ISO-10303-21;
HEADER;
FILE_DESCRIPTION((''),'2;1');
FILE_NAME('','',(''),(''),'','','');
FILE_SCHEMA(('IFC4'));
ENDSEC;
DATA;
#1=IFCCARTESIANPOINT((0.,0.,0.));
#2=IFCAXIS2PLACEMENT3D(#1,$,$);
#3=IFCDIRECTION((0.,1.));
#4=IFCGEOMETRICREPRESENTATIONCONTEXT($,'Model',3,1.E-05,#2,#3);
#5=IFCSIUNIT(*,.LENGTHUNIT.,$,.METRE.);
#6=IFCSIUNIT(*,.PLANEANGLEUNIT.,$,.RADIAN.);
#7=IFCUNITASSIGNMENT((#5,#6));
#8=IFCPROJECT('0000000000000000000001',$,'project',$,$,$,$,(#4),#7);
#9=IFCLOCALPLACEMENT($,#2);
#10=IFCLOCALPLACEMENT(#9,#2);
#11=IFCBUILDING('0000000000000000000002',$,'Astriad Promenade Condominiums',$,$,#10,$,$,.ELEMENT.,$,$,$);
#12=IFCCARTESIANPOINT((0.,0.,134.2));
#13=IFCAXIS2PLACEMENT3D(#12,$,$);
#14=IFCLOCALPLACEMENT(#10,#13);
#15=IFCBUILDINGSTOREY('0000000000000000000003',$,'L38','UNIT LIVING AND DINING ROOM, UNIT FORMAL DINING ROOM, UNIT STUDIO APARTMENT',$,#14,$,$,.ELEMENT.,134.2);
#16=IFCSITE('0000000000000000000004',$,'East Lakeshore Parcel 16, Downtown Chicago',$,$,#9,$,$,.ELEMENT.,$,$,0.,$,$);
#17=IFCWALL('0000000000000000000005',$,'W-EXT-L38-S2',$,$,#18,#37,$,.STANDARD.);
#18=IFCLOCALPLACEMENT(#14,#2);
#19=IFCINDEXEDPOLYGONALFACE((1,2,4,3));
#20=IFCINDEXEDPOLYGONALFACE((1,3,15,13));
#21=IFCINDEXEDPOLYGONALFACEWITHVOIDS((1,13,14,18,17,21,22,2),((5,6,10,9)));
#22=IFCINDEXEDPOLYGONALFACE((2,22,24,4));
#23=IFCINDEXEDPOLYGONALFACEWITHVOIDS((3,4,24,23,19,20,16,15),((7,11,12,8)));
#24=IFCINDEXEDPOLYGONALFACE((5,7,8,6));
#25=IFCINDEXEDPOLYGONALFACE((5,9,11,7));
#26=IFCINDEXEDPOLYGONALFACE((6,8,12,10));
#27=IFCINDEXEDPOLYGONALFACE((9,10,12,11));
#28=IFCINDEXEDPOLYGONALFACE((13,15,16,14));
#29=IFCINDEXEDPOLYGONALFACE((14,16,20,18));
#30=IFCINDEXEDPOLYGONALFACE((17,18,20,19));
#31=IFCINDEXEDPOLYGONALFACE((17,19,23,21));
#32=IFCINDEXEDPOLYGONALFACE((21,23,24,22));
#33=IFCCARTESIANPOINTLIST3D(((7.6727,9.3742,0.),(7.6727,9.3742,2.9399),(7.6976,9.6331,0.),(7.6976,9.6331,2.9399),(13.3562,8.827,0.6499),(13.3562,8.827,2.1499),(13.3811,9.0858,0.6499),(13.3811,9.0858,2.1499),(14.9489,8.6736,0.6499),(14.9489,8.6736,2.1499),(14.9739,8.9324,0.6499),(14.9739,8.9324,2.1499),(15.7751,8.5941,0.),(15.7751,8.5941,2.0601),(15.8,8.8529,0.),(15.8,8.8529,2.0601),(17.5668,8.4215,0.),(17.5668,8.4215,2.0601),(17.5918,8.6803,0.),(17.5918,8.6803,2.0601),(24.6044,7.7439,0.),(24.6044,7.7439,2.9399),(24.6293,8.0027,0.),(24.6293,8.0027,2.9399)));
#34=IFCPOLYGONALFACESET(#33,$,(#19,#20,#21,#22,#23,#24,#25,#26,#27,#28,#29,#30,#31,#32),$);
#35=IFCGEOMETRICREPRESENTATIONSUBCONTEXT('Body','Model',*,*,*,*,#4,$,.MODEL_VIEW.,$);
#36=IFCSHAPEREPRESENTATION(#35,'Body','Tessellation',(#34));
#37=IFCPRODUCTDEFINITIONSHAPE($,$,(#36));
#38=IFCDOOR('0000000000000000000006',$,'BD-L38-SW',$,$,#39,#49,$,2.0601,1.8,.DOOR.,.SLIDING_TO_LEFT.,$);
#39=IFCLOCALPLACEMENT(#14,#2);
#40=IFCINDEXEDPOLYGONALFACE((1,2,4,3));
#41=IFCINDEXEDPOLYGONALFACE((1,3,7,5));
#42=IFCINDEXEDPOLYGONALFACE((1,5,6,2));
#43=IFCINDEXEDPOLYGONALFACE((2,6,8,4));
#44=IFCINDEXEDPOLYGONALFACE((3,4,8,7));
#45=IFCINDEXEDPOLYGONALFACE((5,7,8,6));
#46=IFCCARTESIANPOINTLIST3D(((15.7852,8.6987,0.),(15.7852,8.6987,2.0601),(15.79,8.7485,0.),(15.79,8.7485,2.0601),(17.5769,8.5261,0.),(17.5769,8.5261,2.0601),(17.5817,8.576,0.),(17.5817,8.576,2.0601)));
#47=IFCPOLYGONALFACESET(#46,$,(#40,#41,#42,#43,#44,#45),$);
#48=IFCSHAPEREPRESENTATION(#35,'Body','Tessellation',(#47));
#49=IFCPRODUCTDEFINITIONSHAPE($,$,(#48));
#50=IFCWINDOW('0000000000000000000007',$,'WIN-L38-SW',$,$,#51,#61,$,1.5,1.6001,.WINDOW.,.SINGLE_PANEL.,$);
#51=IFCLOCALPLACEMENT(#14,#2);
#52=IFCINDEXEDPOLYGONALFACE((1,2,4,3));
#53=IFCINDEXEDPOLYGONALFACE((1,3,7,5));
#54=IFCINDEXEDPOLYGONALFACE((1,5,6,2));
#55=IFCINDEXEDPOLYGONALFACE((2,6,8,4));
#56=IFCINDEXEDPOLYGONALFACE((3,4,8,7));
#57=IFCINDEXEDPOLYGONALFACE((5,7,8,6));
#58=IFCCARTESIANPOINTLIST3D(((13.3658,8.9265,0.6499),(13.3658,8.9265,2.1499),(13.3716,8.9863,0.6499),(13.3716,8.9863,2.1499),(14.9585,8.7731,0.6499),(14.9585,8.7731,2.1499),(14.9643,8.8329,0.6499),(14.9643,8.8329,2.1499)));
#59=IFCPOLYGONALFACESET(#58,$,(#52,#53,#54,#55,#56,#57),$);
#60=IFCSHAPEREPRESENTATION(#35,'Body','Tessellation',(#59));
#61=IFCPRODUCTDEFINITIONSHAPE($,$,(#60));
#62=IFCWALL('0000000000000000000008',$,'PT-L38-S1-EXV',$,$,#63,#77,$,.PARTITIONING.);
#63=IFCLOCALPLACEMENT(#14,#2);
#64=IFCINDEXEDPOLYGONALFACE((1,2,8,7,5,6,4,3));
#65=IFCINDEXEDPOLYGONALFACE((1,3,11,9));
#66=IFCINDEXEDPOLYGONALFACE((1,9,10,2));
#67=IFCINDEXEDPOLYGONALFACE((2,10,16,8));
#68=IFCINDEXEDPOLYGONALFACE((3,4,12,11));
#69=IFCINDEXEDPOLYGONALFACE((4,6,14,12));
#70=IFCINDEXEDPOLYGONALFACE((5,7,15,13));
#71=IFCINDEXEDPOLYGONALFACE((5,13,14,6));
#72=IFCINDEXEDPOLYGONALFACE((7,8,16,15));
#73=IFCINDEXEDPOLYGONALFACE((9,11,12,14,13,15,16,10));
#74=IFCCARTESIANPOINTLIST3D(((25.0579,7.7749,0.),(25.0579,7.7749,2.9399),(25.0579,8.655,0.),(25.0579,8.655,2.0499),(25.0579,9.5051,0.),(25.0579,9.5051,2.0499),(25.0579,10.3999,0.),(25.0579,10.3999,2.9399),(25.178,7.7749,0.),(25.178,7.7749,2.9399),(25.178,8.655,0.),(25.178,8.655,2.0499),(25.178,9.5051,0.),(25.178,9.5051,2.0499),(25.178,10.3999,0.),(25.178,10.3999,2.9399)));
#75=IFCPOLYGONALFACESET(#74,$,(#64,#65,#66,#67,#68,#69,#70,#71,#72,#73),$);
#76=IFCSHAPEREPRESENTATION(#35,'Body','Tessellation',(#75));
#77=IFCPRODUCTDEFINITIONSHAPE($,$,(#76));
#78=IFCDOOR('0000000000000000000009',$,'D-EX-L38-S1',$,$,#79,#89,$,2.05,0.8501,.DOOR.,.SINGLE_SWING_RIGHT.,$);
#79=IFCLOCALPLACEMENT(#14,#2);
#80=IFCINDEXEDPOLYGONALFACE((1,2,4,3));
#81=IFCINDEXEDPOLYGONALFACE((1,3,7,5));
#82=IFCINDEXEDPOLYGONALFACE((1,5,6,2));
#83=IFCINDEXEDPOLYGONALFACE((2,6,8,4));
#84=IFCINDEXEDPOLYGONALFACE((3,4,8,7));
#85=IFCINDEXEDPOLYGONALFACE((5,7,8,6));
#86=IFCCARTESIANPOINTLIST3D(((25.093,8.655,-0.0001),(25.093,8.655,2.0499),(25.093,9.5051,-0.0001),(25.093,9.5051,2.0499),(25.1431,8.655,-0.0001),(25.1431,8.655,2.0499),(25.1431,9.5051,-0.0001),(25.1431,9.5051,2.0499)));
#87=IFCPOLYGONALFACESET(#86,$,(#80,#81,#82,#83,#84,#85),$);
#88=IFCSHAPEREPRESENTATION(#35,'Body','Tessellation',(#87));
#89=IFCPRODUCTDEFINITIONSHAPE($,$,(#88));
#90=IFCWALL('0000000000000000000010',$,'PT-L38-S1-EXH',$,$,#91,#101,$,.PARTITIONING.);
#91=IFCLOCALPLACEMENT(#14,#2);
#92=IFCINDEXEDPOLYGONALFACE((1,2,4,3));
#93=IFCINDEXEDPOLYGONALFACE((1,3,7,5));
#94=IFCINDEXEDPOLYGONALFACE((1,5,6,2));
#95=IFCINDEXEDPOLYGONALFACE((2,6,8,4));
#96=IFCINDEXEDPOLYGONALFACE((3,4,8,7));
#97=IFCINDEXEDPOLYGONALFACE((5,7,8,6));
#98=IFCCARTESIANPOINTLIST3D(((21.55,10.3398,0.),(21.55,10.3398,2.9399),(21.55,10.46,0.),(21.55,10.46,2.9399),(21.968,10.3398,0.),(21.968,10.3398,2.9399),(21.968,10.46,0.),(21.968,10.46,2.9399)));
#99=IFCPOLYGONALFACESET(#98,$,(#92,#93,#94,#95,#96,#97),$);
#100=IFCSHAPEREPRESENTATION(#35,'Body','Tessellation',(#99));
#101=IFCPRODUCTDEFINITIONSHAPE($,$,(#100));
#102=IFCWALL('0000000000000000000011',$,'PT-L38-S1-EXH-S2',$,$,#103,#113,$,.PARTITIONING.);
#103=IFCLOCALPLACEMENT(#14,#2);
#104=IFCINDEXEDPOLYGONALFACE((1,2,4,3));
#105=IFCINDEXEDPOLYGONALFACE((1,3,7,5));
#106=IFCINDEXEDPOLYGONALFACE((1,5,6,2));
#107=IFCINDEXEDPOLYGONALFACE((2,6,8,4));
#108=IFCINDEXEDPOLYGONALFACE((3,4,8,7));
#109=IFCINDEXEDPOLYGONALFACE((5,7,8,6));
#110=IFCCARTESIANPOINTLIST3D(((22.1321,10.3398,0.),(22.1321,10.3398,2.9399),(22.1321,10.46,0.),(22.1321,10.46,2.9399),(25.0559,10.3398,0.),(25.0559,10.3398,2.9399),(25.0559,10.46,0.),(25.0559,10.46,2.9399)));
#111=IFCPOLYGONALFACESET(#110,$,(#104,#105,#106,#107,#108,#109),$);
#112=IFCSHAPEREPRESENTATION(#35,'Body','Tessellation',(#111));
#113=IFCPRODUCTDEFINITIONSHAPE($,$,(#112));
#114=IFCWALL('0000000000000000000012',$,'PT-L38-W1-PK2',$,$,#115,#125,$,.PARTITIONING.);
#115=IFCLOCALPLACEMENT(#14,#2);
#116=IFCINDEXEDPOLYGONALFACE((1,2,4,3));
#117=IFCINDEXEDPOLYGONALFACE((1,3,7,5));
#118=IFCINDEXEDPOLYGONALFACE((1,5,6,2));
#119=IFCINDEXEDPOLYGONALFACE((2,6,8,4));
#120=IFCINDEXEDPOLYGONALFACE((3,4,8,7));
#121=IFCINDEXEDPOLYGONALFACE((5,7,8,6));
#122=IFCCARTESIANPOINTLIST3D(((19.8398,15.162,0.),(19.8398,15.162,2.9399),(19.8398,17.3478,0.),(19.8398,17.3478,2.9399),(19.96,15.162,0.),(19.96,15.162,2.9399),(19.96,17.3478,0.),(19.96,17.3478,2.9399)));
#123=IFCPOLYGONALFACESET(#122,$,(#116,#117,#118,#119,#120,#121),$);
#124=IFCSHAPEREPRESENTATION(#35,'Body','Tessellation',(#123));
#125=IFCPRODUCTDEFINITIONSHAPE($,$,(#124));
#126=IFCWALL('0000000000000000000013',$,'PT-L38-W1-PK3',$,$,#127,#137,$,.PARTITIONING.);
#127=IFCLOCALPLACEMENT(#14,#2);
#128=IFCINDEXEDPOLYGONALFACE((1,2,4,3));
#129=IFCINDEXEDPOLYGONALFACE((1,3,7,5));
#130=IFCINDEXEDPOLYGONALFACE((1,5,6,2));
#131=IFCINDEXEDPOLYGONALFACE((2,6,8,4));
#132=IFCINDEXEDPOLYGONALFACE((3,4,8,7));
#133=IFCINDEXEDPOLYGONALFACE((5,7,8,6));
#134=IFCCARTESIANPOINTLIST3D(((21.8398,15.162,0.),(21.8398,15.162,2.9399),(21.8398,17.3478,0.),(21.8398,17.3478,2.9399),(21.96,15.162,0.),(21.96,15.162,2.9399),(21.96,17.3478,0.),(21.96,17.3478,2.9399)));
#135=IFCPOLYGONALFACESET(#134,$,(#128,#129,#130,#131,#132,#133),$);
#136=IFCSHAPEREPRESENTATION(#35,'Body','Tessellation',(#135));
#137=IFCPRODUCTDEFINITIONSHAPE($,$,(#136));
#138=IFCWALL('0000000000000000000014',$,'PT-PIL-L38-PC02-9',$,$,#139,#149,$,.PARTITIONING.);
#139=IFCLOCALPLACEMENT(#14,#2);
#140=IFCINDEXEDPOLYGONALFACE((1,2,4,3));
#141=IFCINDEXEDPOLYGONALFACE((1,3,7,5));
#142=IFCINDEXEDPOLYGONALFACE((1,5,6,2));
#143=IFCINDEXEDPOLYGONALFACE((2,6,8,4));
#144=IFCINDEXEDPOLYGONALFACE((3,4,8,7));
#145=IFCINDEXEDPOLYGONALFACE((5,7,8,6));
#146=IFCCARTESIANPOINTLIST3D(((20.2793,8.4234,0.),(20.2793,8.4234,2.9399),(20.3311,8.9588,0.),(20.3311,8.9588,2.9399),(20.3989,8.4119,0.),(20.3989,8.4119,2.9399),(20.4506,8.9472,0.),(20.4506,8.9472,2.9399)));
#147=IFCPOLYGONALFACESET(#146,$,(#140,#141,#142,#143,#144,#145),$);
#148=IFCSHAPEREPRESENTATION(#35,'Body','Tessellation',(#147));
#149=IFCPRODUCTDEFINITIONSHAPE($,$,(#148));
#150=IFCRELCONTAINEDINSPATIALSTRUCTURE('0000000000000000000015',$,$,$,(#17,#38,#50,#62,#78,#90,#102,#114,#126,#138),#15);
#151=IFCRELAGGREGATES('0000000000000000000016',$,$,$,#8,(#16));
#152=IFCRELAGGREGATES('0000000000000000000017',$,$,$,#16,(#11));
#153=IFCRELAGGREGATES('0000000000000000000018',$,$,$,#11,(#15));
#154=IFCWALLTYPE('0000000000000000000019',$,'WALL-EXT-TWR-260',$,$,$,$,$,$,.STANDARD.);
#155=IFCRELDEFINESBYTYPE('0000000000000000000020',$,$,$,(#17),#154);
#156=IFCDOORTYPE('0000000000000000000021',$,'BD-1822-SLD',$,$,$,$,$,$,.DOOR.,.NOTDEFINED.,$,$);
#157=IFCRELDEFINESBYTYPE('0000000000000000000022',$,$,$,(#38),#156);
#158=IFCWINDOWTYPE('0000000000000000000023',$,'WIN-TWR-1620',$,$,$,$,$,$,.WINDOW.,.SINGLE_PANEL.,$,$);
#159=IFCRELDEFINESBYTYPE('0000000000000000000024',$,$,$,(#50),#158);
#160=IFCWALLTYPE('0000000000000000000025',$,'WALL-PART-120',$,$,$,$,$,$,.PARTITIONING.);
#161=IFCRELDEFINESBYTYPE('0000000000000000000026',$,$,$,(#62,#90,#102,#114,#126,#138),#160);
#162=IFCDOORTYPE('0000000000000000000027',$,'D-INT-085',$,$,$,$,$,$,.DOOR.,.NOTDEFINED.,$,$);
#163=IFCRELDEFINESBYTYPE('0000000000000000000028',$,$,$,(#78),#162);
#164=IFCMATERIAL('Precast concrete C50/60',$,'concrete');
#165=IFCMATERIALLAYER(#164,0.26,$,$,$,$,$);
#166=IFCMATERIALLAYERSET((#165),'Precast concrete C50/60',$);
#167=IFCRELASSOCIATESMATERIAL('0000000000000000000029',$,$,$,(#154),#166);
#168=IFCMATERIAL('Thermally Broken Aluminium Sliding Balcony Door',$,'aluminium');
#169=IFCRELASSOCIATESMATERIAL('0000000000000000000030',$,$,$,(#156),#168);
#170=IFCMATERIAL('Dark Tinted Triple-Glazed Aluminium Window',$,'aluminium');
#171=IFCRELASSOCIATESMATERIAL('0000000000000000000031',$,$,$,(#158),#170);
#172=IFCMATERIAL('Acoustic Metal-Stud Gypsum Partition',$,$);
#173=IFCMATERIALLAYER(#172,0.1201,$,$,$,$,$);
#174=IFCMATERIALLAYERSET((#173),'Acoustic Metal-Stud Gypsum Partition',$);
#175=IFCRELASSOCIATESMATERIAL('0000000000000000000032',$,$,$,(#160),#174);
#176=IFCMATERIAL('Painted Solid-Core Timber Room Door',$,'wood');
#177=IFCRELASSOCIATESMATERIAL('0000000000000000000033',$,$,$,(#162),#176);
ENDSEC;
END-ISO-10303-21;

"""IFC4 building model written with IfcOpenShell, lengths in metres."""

from ifc_helpers import new_model, si_unit, direction, frame, frame_2d, origin, place, context, subcontext, project, spatial, rectangle, extrude, source, transform, mapped, material, layer, layer_set, type_object, type_shapes, element, fill, save


model = new_model("IFC4")

# Units and contexts
model_context = context("Model", 3, precision=1e-05, world=origin(), true_north=direction((0.0, 1.0)))
body_context = subcontext(model_context, "Body", "Model", "MODEL_VIEW")
ifc_project = project(units=[si_unit("LENGTHUNIT", "METRE"), si_unit("PLANEANGLEUNIT", "RADIAN")], contexts=[model_context])

# Site, building, storey
site_placement = place(None, origin())
site = spatial("IfcSite", under=ifc_project, at=site_placement, Name="East Lakeshore Parcel 16, Downtown Chicago", CompositionType="ELEMENT", RefElevation=0.0)
building_placement = place(site_placement, origin())
building = spatial("IfcBuilding", under=site, at=building_placement, Name="Astriad Promenade Condominiums", CompositionType="ELEMENT")
storey_placement = place(building_placement, frame((0.0, 0.0, 134.2)))
storey = spatial("IfcBuildingStorey", under=building, at=storey_placement, Name="L38", Description="UNIT LIVING AND DINING ROOM, UNIT FORMAL DINING ROOM, UNIT STUDIO APARTMENT", CompositionType="ELEMENT", Elevation=134.2)

# Wall, openings, door, window
ifc_material_1 = material(Name="Precast concrete C50/60", Category="concrete")
ifc_layer_1 = layer(ifc_material_1, 0.26)
ifc_layer_set_1 = layer_set([ifc_layer_1], Name="Precast concrete C50/60")
wall_type_1 = type_object("IfcWallType", Name="WALL-EXT-TWR-260", PredefinedType="STANDARD", material=ifc_layer_set_1)
wall_1_placement = place(storey_placement, frame((24.6167, 7.8733, 0.0), z_axis=(0.0, 0.0, 1.0), x_axis=(-0.995396, 0.095848, 0.0)))
wall_1 = element("IfcWall", 1, at=wall_1_placement, inside=storey, type_object=wall_type_1, Name="W-EXT-L38-S2", PredefinedType="STANDARD", context=body_context, shape_type="SweptSolid", body=[
    extrude(rectangle(XDim=17.01, YDim=0.26, at=frame_2d((8.5049, 0.0))), origin(), (0.0, 0.0, 1.0), 2.9399),
])
opening_1_placement = place(wall_1_placement, frame((7.0701, 0.0, 0.0)))
opening_1 = element("IfcOpeningElement", 2, at=opening_1_placement, cuts=wall_1, PredefinedType="OPENING", context=body_context, shape_type="SweptSolid", body=[
    extrude(rectangle(XDim=1.8, YDim=2.0601, at=frame_2d((0.8999, 1.03))), frame((0.0, 0.1399, 0.0), z_axis=(0.0, -1.0, 0.0), x_axis=(1.0, 0.0, 0.0)), (0.0, 0.0, 1.0), 0.28),
])
opening_2_placement = place(wall_1_placement, frame((9.7, 0.0, 0.6499)))
opening_2 = element("IfcOpeningElement", 3, at=opening_2_placement, cuts=wall_1, PredefinedType="OPENING", context=body_context, shape_type="SweptSolid", body=[
    extrude(rectangle(XDim=1.6001, YDim=1.5, at=frame_2d((0.8, 0.75))), frame((0.0, 0.1399, 0.0), z_axis=(0.0, -1.0, 0.0), x_axis=(1.0, 0.0, 0.0)), (0.0, 0.0, 1.0), 0.28),
])
ifc_material_2 = material(Name="Thermally Broken Aluminium Sliding Balcony Door", Category="aluminium")
door_type_1 = type_object("IfcDoorType", Name="BD-1822-SLD", OperationType="NOTDEFINED", PredefinedType="DOOR", material=ifc_material_2)
shared_shape_1 = source(origin(), body_context, "Body", "SweptSolid", [
    extrude(rectangle(XDim=1.8, YDim=2.0601, at=frame_2d((0.8999, 1.03))), frame((0.0, 0.0249, 0.0), z_axis=(0.0, -1.0, 0.0), x_axis=(1.0, 0.0, 0.0)), (0.0, 0.0, 1.0), 0.05),
])
type_shapes(door_type_1, [shared_shape_1])
door_1_placement = place(opening_1_placement, origin())
door_1 = element("IfcDoor", 4, at=door_1_placement, inside=storey, type_object=door_type_1, Name="BD-L38-SW", OperationType="SLIDING_TO_LEFT", OverallHeight=2.0601, OverallWidth=1.8, PredefinedType="DOOR", context=body_context, shape_type="MappedRepresentation", body=[
    mapped(shared_shape_1, transform((0.0, 0.0, 0.0), scale=1.0)),
])
fill(opening_1, door_1)
ifc_material_3 = material(Name="Dark Tinted Triple-Glazed Aluminium Window", Category="aluminium")
window_type = type_object("IfcWindowType", Name="WIN-TWR-1620", PartitioningType="SINGLE_PANEL", PredefinedType="WINDOW", material=ifc_material_3)
shared_shape_2 = source(origin(), body_context, "Body", "SweptSolid", [
    extrude(rectangle(XDim=1.6001, YDim=1.5, at=frame_2d((0.8, 0.75))), frame((0.0, 0.03, 0.0), z_axis=(0.0, -1.0, 0.0), x_axis=(1.0, 0.0, 0.0)), (0.0, 0.0, 1.0), 0.0601),
])
type_shapes(window_type, [shared_shape_2])
window_placement = place(opening_2_placement, origin())
window = element("IfcWindow", 5, at=window_placement, inside=storey, type_object=window_type, Name="WIN-L38-SW", OverallHeight=1.5, OverallWidth=1.6001, PartitioningType="SINGLE_PANEL", PredefinedType="WINDOW", context=body_context, shape_type="MappedRepresentation", body=[
    mapped(shared_shape_2, transform((0.0, 0.0, 0.0), scale=1.0)),
])
fill(opening_2, window)

# Wall, opening, door
ifc_material_4 = material(Name="Acoustic Metal-Stud Gypsum Partition")
ifc_layer_2 = layer(ifc_material_4, 0.1201)
ifc_layer_set_2 = layer_set([ifc_layer_2], Name="Acoustic Metal-Stud Gypsum Partition")
wall_type_2 = type_object("IfcWallType", Name="WALL-PART-120", PredefinedType="PARTITIONING", material=ifc_layer_set_2)
wall_2_placement = place(storey_placement, frame((25.1179, 7.7749, 0.0), z_axis=(0.0, 0.0, 1.0), x_axis=(0.0, 1.0, 0.0)))
wall_2 = element("IfcWall", 6, at=wall_2_placement, inside=storey, type_object=wall_type_2, Name="PT-L38-S1-EXV", PredefinedType="PARTITIONING", context=body_context, shape_type="SweptSolid", body=[
    extrude(rectangle(XDim=2.625, YDim=0.1201, at=frame_2d((1.3125, 0.0))), origin(), (0.0, 0.0, 1.0), 2.9399),
])
opening_3_placement = place(wall_2_placement, frame((0.8801, 0.0, 0.0)))
opening_3 = element("IfcOpeningElement", 7, at=opening_3_placement, cuts=wall_2, PredefinedType="OPENING", context=body_context, shape_type="SweptSolid", body=[
    extrude(rectangle(XDim=0.8501, YDim=2.05, at=frame_2d((0.425, 1.0249))), frame((0.0, 0.0701, 0.0), z_axis=(0.0, -1.0, 0.0), x_axis=(1.0, 0.0, 0.0)), (0.0, 0.0, 1.0), 0.1401),
])
ifc_material_5 = material(Name="Painted Solid-Core Timber Room Door", Category="wood")
door_type_2 = type_object("IfcDoorType", Name="D-INT-085", OperationType="NOTDEFINED", PredefinedType="DOOR", material=ifc_material_5)
shared_shape_3 = source(origin(), body_context, "Body", "SweptSolid", [
    extrude(rectangle(XDim=0.8501, YDim=2.05, at=frame_2d((0.425, 1.0249))), frame((0.0, 0.0249, 0.0), z_axis=(0.0, -1.0, 0.0), x_axis=(1.0, 0.0, 0.0)), (0.0, 0.0, 1.0), 0.05),
])
type_shapes(door_type_2, [shared_shape_3])
door_2_placement = place(opening_3_placement, origin())
door_2 = element("IfcDoor", 8, at=door_2_placement, inside=storey, type_object=door_type_2, Name="D-EX-L38-S1", OperationType="SINGLE_SWING_RIGHT", OverallHeight=2.05, OverallWidth=0.8501, PredefinedType="DOOR", context=body_context, shape_type="MappedRepresentation", body=[
    mapped(shared_shape_3, transform((0.0, 0.0, 0.0), scale=1.0)),
])
fill(opening_3, door_2)

# Walls
wall_3_placement = place(storey_placement, frame((21.55, 10.3999, 0.0), z_axis=(0.0, 0.0, 1.0), x_axis=(1.0, 0.0, 0.0)))
element("IfcWall", 9, at=wall_3_placement, inside=storey, type_object=wall_type_2, Name="PT-L38-S1-EXH", PredefinedType="PARTITIONING", context=body_context, shape_type="SweptSolid", body=[
    extrude(rectangle(XDim=0.418, YDim=0.1201, at=frame_2d((0.209, 0.0))), origin(), (0.0, 0.0, 1.0), 2.9399),
])
wall_4_placement = place(storey_placement, frame((22.1321, 10.3999, 0.0), z_axis=(0.0, 0.0, 1.0), x_axis=(1.0, 0.0, 0.0)))
element("IfcWall", 10, at=wall_4_placement, inside=storey, type_object=wall_type_2, Name="PT-L38-S1-EXH-S2", PredefinedType="PARTITIONING", context=body_context, shape_type="SweptSolid", body=[
    extrude(rectangle(XDim=2.9238, YDim=0.1201, at=frame_2d((1.4619, 0.0))), origin(), (0.0, 0.0, 1.0), 2.9399),
])
for number, where, z_axis, x_axis, name in (
    (11, (19.8999, 15.1621, 0.0), (0.0, 0.0, 1.0), (0.0, 1.0, 0.0), "PT-L38-W1-PK2"),
    (12, (21.8999, 15.1621, 0.0), (0.0, 0.0, 1.0), (0.0, 1.0, 0.0), "PT-L38-W1-PK3"),
):
    element("IfcWall", number, at=place(storey_placement, frame(where, z_axis=z_axis, x_axis=x_axis)), inside=storey, type_object=wall_type_2, Name=name, PredefinedType="PARTITIONING", context=body_context, shape_type="SweptSolid", body=[
        extrude(rectangle(XDim=2.1858, YDim=0.1201, at=frame_2d((1.0928, 0.0))), origin(), (0.0, 0.0, 1.0), 2.9399),
    ])
wall_5_placement = place(storey_placement, frame((20.3909, 8.9531, 0.0), z_axis=(0.0, 0.0, 1.0), x_axis=(-0.096223, -0.99536, 0.0)))
element("IfcWall", 13, at=wall_5_placement, inside=storey, type_object=wall_type_2, Name="PT-PIL-L38-PC02-9", PredefinedType="PARTITIONING", context=body_context, shape_type="SweptSolid", body=[
    extrude(rectangle(XDim=0.5378, YDim=0.1201, at=frame_2d((0.269, 0.0))), origin(), (0.0, 0.0, 1.0), 2.9399),
])

save(model, "model.ifc")
